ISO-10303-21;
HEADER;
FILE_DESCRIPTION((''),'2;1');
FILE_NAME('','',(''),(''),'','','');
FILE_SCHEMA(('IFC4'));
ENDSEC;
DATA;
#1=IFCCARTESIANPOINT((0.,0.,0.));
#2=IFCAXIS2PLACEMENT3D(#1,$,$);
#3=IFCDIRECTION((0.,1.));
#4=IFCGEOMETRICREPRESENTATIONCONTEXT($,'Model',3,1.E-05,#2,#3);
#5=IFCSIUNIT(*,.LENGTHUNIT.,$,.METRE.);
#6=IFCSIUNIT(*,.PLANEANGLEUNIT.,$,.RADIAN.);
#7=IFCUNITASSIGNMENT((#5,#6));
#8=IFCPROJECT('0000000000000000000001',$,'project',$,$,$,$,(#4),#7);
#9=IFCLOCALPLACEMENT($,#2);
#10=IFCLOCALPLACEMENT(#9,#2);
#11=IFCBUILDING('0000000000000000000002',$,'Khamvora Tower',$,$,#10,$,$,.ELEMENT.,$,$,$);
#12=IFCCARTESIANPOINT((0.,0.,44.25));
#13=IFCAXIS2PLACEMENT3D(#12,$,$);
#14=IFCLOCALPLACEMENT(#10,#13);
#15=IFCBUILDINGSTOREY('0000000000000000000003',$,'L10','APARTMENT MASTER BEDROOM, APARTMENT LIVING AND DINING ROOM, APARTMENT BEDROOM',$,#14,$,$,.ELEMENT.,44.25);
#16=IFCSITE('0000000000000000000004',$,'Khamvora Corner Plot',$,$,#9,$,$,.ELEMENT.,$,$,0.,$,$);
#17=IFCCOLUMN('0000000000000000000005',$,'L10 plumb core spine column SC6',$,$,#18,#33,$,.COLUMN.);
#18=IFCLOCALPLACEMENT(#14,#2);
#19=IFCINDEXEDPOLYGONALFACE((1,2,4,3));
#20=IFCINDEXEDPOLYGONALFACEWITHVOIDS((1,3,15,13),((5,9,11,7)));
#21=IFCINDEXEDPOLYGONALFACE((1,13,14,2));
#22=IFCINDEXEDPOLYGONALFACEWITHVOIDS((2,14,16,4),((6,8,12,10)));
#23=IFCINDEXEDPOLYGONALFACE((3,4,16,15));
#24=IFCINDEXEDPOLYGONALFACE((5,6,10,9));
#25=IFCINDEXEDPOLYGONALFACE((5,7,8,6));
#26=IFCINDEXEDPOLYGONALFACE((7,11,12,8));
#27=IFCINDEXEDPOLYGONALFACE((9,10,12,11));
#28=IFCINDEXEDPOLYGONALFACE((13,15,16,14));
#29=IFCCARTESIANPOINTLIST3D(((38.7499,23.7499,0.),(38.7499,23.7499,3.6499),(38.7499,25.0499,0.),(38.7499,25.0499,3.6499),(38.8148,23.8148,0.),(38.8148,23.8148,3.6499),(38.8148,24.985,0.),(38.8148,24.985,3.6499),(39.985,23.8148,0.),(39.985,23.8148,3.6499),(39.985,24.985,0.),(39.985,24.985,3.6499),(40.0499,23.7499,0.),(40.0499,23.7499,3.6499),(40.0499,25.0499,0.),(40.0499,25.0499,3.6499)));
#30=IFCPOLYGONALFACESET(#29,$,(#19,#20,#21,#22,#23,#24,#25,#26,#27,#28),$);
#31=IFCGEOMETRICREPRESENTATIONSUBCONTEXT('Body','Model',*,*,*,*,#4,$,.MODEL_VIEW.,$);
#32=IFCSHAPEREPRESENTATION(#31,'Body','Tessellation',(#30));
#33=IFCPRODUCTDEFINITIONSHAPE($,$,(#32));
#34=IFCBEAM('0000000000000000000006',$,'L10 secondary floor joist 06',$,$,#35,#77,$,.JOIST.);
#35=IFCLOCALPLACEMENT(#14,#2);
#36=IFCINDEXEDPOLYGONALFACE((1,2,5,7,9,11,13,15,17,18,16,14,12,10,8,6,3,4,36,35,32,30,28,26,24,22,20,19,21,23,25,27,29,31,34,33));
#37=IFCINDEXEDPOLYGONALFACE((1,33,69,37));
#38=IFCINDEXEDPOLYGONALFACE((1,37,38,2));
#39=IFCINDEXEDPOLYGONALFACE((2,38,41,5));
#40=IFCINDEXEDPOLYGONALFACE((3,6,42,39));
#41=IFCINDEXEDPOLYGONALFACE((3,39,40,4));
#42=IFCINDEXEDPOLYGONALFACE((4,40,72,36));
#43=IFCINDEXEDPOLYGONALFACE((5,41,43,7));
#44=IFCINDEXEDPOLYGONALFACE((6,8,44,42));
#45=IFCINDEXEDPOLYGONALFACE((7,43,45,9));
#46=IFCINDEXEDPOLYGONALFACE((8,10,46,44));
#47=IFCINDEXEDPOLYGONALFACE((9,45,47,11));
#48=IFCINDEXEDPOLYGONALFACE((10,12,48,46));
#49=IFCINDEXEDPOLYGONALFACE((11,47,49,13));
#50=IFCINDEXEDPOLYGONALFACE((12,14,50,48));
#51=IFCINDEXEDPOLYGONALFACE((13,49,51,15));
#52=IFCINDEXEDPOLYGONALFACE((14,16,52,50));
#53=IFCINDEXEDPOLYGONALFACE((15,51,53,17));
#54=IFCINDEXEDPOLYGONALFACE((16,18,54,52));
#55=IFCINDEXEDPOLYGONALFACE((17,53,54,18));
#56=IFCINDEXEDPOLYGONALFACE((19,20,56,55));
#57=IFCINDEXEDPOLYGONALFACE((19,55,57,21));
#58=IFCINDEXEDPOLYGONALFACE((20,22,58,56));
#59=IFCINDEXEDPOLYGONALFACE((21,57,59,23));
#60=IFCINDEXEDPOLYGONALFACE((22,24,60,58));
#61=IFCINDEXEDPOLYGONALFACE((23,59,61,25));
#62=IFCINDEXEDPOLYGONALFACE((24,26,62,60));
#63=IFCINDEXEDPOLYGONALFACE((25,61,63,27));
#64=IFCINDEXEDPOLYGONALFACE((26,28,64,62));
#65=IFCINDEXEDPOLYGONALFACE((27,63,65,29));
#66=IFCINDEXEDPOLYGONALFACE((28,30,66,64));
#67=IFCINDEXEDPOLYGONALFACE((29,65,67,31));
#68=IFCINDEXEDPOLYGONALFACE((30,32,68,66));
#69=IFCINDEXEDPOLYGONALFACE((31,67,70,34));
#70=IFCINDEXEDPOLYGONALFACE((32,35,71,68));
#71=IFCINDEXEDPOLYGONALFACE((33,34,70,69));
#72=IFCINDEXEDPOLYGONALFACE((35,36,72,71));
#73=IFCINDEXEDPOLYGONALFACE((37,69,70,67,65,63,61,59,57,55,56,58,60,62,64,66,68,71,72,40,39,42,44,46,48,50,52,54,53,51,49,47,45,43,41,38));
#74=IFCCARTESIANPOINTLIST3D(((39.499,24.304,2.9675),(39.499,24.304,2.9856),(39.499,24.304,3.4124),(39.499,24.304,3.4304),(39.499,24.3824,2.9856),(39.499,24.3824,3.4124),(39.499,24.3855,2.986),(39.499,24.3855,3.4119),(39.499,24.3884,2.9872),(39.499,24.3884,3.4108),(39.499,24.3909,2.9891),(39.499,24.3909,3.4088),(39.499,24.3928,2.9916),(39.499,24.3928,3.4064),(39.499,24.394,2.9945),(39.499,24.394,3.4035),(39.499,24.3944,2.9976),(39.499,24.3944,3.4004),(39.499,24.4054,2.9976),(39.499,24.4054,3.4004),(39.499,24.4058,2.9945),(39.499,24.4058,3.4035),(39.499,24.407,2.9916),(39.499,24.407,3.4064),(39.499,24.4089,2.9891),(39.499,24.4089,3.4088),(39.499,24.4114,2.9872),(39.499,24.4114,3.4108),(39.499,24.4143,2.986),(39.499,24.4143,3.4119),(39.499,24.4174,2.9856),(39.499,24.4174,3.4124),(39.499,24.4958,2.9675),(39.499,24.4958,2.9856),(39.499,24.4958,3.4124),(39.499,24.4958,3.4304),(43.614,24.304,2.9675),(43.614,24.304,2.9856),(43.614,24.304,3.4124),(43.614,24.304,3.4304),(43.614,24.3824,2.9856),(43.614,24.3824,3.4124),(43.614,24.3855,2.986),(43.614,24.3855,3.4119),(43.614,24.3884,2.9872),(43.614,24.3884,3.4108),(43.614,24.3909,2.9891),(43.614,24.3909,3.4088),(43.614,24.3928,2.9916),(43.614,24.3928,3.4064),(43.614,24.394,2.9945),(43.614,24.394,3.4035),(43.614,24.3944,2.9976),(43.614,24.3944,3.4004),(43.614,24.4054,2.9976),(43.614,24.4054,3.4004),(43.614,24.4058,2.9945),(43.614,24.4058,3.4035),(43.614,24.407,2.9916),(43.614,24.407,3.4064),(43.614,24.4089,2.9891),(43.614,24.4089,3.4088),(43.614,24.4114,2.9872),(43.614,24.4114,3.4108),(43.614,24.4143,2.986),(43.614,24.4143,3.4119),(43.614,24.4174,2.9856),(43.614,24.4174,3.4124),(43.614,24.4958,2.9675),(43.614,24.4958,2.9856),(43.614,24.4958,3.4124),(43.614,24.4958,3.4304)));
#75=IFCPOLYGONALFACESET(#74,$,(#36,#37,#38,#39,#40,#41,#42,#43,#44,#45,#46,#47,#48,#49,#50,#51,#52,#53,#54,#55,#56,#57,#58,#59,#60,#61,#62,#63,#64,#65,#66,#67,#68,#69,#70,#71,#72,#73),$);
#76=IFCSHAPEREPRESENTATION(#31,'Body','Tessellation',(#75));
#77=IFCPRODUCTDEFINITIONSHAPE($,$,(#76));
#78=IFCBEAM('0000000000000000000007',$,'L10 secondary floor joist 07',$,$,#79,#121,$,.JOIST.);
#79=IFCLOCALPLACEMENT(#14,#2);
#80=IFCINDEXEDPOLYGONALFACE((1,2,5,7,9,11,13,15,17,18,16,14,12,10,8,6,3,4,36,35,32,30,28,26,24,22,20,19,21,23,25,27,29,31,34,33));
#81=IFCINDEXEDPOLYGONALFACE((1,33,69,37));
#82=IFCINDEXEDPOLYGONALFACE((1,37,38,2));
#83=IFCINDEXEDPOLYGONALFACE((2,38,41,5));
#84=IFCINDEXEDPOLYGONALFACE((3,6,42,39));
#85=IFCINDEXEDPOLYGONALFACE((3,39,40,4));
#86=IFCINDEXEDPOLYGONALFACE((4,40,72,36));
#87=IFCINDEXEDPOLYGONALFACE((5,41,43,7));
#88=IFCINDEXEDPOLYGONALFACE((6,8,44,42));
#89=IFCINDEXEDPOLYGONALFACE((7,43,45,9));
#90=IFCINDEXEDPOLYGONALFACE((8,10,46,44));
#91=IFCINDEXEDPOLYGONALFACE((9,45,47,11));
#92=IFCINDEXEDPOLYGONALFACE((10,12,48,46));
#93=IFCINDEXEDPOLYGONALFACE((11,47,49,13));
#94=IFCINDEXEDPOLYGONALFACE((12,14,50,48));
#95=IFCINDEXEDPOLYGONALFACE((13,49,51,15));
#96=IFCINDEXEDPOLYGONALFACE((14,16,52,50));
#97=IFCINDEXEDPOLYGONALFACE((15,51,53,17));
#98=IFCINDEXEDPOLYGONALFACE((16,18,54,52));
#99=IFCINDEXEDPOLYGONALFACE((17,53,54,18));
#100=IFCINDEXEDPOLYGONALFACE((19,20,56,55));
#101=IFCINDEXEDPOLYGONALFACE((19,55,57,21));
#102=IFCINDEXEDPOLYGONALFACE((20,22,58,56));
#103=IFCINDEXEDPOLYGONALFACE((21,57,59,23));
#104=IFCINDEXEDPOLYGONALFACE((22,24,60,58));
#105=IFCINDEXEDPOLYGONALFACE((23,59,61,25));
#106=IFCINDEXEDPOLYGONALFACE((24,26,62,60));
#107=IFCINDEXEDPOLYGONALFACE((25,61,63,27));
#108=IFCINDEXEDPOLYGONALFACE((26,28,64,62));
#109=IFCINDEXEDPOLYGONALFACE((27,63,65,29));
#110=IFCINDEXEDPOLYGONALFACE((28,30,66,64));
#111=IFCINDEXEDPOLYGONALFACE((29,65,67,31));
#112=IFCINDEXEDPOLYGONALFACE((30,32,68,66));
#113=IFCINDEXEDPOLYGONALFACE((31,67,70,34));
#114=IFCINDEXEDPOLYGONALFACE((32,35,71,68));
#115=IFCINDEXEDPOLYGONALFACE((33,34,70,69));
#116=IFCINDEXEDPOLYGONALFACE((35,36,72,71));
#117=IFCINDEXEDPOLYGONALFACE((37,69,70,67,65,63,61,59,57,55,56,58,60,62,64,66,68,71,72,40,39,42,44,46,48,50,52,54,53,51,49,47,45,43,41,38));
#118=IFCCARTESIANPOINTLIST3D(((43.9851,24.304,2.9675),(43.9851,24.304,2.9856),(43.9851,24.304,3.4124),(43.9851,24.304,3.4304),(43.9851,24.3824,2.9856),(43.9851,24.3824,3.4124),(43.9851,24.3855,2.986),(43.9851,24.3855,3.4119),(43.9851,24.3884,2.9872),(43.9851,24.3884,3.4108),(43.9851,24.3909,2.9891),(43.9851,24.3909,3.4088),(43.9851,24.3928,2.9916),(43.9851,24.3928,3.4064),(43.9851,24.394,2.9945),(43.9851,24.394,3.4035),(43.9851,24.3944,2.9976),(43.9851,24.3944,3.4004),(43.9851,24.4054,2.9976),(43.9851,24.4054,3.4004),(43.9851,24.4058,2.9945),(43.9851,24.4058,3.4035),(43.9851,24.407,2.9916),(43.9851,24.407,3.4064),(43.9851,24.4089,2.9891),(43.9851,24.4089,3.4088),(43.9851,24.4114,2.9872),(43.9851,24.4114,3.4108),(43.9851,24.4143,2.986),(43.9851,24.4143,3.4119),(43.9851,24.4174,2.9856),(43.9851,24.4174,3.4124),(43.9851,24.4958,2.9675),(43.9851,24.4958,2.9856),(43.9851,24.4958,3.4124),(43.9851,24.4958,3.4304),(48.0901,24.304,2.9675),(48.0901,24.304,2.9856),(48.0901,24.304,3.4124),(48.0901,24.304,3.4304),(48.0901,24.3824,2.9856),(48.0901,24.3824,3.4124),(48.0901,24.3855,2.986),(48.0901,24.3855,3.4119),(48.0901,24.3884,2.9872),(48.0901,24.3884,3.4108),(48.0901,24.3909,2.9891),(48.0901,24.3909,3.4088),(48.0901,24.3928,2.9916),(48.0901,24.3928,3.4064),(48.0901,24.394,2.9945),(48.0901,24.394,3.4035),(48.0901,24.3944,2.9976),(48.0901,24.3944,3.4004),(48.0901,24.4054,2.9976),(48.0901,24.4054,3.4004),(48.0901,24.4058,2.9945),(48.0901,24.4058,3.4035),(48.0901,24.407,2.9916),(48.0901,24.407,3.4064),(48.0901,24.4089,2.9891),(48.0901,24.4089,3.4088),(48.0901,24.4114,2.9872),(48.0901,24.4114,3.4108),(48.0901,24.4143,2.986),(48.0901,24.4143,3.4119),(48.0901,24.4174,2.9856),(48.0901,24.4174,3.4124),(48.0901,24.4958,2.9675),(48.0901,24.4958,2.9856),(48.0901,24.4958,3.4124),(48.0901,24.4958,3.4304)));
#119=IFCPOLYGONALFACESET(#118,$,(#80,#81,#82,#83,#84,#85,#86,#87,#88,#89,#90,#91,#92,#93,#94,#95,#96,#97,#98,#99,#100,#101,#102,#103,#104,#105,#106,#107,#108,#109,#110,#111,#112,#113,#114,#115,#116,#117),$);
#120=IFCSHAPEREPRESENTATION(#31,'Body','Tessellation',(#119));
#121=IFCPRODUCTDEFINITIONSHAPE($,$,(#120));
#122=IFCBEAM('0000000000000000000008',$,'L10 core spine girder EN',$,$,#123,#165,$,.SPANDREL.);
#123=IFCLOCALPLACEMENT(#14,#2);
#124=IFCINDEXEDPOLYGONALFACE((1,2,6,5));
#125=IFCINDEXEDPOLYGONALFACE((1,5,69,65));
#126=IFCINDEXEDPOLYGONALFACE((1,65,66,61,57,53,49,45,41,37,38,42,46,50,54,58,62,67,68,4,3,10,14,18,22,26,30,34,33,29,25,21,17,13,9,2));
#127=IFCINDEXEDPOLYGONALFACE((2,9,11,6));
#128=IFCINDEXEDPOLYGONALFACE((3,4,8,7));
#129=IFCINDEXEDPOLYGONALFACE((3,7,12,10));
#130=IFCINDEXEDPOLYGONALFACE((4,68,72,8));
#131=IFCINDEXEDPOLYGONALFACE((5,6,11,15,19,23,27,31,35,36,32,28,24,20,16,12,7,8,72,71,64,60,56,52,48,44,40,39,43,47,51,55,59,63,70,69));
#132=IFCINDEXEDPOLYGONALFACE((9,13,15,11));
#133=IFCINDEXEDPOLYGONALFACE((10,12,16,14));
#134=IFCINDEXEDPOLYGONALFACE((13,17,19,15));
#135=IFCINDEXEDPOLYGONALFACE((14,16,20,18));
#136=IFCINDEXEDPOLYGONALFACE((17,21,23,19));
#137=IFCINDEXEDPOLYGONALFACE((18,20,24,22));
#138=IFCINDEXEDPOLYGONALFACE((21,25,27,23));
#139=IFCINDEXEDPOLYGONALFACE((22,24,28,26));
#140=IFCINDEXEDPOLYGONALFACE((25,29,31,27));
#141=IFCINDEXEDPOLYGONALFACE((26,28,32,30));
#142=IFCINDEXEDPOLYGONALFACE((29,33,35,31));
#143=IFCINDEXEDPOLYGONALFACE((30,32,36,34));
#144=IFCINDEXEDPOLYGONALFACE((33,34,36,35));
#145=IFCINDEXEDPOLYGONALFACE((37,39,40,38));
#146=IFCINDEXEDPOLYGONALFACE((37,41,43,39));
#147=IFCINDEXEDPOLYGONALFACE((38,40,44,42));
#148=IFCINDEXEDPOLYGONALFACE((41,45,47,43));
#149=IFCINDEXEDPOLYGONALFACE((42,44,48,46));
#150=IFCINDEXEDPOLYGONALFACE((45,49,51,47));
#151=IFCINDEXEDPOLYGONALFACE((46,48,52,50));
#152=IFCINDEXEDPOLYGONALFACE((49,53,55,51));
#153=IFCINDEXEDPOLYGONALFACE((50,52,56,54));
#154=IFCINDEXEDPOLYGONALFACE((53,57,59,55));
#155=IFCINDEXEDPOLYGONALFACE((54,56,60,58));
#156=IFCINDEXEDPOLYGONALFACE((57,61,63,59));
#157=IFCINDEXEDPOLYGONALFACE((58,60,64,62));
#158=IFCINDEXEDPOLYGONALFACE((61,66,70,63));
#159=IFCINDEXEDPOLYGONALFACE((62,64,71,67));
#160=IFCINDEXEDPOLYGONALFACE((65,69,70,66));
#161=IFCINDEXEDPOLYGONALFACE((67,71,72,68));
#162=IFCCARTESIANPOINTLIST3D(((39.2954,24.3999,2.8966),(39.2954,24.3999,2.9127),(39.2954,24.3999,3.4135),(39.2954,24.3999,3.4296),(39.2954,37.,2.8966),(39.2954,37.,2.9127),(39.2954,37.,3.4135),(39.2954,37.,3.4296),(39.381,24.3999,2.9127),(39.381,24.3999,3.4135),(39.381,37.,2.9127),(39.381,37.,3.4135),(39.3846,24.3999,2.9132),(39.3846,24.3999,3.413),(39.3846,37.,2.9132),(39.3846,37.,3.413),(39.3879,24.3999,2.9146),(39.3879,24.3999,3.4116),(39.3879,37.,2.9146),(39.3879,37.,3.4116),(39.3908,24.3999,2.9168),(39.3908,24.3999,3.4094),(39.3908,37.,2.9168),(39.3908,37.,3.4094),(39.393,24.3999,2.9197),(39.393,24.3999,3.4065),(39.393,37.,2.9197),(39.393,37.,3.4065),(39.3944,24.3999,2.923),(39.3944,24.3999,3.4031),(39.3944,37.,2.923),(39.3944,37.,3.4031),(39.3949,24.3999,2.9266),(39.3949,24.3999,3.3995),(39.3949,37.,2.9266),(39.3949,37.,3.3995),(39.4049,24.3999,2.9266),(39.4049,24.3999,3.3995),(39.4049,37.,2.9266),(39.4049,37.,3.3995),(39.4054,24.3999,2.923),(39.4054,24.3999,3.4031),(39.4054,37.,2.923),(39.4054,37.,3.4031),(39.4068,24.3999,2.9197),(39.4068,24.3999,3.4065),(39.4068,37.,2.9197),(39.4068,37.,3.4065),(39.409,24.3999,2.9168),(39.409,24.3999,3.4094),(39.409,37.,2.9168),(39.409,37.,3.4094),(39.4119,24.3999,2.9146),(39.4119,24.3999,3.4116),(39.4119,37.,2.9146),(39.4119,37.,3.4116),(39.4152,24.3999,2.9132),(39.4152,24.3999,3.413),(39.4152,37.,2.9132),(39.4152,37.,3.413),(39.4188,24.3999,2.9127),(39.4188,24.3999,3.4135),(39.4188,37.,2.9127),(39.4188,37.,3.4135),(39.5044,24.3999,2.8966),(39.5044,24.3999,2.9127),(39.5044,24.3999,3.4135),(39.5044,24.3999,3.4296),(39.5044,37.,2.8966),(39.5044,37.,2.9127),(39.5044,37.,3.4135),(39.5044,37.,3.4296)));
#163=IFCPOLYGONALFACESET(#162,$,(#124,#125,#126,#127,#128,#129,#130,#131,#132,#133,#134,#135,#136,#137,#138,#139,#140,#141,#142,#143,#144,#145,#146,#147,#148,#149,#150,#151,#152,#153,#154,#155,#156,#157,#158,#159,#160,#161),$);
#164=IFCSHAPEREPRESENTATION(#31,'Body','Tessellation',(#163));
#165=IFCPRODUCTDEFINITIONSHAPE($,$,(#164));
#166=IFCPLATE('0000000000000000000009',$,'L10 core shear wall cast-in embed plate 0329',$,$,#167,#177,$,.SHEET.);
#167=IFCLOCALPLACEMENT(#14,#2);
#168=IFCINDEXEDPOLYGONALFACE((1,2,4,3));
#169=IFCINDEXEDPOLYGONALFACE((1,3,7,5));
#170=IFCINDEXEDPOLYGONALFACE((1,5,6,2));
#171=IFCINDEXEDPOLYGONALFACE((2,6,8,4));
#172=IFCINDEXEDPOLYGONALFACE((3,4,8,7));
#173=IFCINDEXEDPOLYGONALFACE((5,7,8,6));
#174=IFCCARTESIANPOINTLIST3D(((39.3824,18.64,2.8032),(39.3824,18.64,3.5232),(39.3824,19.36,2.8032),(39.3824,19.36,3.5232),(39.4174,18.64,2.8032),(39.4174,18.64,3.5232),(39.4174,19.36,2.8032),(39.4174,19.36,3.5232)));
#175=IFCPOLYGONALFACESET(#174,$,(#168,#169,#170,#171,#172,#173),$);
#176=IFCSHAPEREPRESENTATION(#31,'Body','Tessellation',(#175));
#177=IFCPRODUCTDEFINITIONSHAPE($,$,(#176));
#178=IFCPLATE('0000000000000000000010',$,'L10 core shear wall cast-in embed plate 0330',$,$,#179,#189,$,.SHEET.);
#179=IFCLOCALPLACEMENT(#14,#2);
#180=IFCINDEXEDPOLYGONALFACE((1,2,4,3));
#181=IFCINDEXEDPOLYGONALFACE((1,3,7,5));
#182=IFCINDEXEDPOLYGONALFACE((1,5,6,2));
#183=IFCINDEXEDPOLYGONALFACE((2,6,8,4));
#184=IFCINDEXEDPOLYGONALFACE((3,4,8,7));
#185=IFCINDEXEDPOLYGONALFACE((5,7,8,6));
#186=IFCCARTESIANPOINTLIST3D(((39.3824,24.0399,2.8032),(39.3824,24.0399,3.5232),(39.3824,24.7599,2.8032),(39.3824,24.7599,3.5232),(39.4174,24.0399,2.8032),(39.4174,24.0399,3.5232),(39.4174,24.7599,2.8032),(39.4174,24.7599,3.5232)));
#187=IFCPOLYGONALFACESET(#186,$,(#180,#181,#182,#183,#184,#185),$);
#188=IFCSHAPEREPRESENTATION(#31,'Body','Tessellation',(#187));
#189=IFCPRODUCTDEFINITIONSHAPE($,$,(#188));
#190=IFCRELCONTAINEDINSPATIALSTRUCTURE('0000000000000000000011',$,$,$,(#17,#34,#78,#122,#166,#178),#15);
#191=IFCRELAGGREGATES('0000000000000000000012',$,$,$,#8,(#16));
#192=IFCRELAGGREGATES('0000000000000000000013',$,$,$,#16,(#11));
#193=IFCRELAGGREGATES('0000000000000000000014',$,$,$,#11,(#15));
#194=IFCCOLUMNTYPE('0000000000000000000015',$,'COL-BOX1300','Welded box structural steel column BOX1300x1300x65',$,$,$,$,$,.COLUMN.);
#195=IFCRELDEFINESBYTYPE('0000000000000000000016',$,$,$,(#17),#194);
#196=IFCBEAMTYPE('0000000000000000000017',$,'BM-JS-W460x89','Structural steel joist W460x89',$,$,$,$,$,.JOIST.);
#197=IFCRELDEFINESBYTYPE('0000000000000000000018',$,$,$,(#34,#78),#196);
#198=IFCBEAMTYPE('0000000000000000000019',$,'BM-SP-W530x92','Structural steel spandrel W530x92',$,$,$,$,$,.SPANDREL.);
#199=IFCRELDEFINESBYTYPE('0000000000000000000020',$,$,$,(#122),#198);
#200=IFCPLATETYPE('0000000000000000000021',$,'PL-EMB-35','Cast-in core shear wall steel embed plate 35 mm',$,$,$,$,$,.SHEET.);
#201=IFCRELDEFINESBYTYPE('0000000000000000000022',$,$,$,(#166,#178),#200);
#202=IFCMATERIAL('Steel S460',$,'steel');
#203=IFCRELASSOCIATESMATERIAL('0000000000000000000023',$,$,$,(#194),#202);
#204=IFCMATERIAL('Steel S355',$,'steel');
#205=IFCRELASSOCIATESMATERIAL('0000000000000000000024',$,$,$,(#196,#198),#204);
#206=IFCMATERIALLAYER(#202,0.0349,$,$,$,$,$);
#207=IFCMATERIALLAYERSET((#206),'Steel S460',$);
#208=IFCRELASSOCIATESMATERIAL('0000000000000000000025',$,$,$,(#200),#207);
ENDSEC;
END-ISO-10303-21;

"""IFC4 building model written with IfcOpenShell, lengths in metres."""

from ifc_helpers import new_model, si_unit, direction, frame, origin, origin_2d, place, context, subcontext, project, spatial, rectangle, hollow_rectangle, i_section, extrude, material, layer, layer_set, material_profile, profile_set, type_object, element, save


model = new_model("IFC4")

# Units and contexts
model_context = context("Model", 3, precision=1e-05, world=origin(), true_north=direction((0.0, 1.0)))
body_context = subcontext(model_context, "Body", "Model", "MODEL_VIEW")
ifc_project = project(units=[si_unit("LENGTHUNIT", "METRE"), si_unit("PLANEANGLEUNIT", "RADIAN")], contexts=[model_context])

# Site, building, storey
site_placement = place(None, origin())
site = spatial("IfcSite", under=ifc_project, at=site_placement, Name="Khamvora Corner Plot", CompositionType="ELEMENT", RefElevation=0.0)
building_placement = place(site_placement, origin())
building = spatial("IfcBuilding", under=site, at=building_placement, Name="Khamvora Tower", CompositionType="ELEMENT")
storey_placement = place(building_placement, frame((0.0, 0.0, 44.25)))
storey = spatial("IfcBuildingStorey", under=building, at=storey_placement, Name="L10", Description="APARTMENT MASTER BEDROOM, APARTMENT LIVING AND DINING ROOM, APARTMENT BEDROOM", CompositionType="ELEMENT", Elevation=44.25)

# Column
ifc_material_1 = material(Name="Steel S460", Category="steel")
ifc_material_profile_1 = material_profile(ifc_material_1, hollow_rectangle(XDim=1.3, YDim=1.3, WallThickness=0.0649, at=origin_2d()), Name="BOX1300x1300x65")
ifc_profile_set_1 = profile_set([ifc_material_profile_1], Name="Steel S460")
column_type = type_object("IfcColumnType", Name="COL-BOX1300", Description="Welded box structural steel column BOX1300x1300x65", PredefinedType="COLUMN", material=ifc_profile_set_1)
column_placement = place(storey_placement, frame((39.3999, 24.3999, 0.0), z_axis=(0.0, 0.0, 1.0), x_axis=(1.0, 0.0, 0.0)))
element("IfcColumn", 1, at=column_placement, inside=storey, type_object=column_type, Name="L10 plumb core spine column SC6", PredefinedType="COLUMN", context=body_context, shape_type="SweptSolid", body=[
    extrude(hollow_rectangle(XDim=1.3, YDim=1.3, WallThickness=0.0649, at=origin_2d()), origin(), (0.0, 0.0, 1.0), 3.6499),
])

# Beams
ifc_material_2 = material(Name="Steel S355", Category="steel")
ifc_material_profile_2 = material_profile(ifc_material_2, i_section(OverallWidth=0.1919, OverallDepth=0.4629, WebThickness=0.011, FlangeThickness=0.0181, FilletRadius=0.012, at=origin_2d()), Name="W460x89")
ifc_profile_set_2 = profile_set([ifc_material_profile_2], Name="Steel S355")
beam_type_1 = type_object("IfcBeamType", Name="BM-JS-W460x89", Description="Structural steel joist W460x89", PredefinedType="JOIST", material=ifc_profile_set_2)
beam_1_placement = place(storey_placement, frame((39.499, 24.3999, 3.199), z_axis=(1.0, 0.0, 0.0), x_axis=(0.0, 1.0, 0.0)))
element("IfcBeam", 2, at=beam_1_placement, inside=storey, type_object=beam_type_1, Name="L10 secondary floor joist 06", PredefinedType="JOIST", context=body_context, shape_type="SweptSolid", body=[
    extrude(i_section(OverallWidth=0.1919, OverallDepth=0.4629, WebThickness=0.011, FlangeThickness=0.0181, FilletRadius=0.012, at=origin_2d()), origin(), (0.0, 0.0, 1.0), 4.115),
])
beam_2_placement = place(storey_placement, frame((43.9851, 24.3999, 3.199), z_axis=(1.0, 0.0, 0.0), x_axis=(0.0, 1.0, 0.0)))
element("IfcBeam", 3, at=beam_2_placement, inside=storey, type_object=beam_type_1, Name="L10 secondary floor joist 07", PredefinedType="JOIST", context=body_context, shape_type="SweptSolid", body=[
    extrude(i_section(OverallWidth=0.1919, OverallDepth=0.4629, WebThickness=0.011, FlangeThickness=0.0181, FilletRadius=0.012, at=origin_2d()), origin(), (0.0, 0.0, 1.0), 4.105),
])
ifc_material_profile_3 = material_profile(ifc_material_2, i_section(OverallWidth=0.209, OverallDepth=0.533, WebThickness=0.01, FlangeThickness=0.0161, FilletRadius=0.0139, at=origin_2d()), Name="W530x92")
ifc_profile_set_3 = profile_set([ifc_material_profile_3], Name="Steel S355")
beam_type_2 = type_object("IfcBeamType", Name="BM-SP-W530x92", Description="Structural steel spandrel W530x92", PredefinedType="SPANDREL", material=ifc_profile_set_3)
beam_3_placement = place(storey_placement, frame((39.3999, 24.3999, 3.1631), z_axis=(0.0, 1.0, 0.0), x_axis=(-1.0, 0.0, 0.0)))
element("IfcBeam", 4, at=beam_3_placement, inside=storey, type_object=beam_type_2, Name="L10 core spine girder EN", PredefinedType="SPANDREL", context=body_context, shape_type="SweptSolid", body=[
    extrude(i_section(OverallWidth=0.209, OverallDepth=0.533, WebThickness=0.01, FlangeThickness=0.0161, FilletRadius=0.0139, at=origin_2d()), origin(), (0.0, 0.0, 1.0), 12.6001),
])

# Plates
ifc_layer_1 = layer(ifc_material_1, 0.0349)
ifc_layer_set_1 = layer_set([ifc_layer_1], Name="Steel S460")
plate_type = type_object("IfcPlateType", Name="PL-EMB-35", Description="Cast-in core shear wall steel embed plate 35 mm", PredefinedType="SHEET", material=ifc_layer_set_1)
for number, where, z_axis, x_axis, name in (
    (5, (39.3999, 19.0, 2.8032), (0.0, 0.0, 1.0), (1.0, 0.0, 0.0), "L10 core shear wall cast-in embed plate 0329"),
    (6, (39.3999, 24.3999, 2.8032), (0.0, 0.0, 1.0), (1.0, 0.0, 0.0), "L10 core shear wall cast-in embed plate 0330"),
):
    element("IfcPlate", number, at=place(storey_placement, frame(where, z_axis=z_axis, x_axis=x_axis)), inside=storey, type_object=plate_type, Name=name, PredefinedType="SHEET", context=body_context, shape_type="SweptSolid", body=[
        extrude(rectangle(XDim=0.0349, YDim=0.72, at=origin_2d()), origin(), (0.0, 0.0, 1.0), 0.72),
    ])

save(model, "model.ifc")
